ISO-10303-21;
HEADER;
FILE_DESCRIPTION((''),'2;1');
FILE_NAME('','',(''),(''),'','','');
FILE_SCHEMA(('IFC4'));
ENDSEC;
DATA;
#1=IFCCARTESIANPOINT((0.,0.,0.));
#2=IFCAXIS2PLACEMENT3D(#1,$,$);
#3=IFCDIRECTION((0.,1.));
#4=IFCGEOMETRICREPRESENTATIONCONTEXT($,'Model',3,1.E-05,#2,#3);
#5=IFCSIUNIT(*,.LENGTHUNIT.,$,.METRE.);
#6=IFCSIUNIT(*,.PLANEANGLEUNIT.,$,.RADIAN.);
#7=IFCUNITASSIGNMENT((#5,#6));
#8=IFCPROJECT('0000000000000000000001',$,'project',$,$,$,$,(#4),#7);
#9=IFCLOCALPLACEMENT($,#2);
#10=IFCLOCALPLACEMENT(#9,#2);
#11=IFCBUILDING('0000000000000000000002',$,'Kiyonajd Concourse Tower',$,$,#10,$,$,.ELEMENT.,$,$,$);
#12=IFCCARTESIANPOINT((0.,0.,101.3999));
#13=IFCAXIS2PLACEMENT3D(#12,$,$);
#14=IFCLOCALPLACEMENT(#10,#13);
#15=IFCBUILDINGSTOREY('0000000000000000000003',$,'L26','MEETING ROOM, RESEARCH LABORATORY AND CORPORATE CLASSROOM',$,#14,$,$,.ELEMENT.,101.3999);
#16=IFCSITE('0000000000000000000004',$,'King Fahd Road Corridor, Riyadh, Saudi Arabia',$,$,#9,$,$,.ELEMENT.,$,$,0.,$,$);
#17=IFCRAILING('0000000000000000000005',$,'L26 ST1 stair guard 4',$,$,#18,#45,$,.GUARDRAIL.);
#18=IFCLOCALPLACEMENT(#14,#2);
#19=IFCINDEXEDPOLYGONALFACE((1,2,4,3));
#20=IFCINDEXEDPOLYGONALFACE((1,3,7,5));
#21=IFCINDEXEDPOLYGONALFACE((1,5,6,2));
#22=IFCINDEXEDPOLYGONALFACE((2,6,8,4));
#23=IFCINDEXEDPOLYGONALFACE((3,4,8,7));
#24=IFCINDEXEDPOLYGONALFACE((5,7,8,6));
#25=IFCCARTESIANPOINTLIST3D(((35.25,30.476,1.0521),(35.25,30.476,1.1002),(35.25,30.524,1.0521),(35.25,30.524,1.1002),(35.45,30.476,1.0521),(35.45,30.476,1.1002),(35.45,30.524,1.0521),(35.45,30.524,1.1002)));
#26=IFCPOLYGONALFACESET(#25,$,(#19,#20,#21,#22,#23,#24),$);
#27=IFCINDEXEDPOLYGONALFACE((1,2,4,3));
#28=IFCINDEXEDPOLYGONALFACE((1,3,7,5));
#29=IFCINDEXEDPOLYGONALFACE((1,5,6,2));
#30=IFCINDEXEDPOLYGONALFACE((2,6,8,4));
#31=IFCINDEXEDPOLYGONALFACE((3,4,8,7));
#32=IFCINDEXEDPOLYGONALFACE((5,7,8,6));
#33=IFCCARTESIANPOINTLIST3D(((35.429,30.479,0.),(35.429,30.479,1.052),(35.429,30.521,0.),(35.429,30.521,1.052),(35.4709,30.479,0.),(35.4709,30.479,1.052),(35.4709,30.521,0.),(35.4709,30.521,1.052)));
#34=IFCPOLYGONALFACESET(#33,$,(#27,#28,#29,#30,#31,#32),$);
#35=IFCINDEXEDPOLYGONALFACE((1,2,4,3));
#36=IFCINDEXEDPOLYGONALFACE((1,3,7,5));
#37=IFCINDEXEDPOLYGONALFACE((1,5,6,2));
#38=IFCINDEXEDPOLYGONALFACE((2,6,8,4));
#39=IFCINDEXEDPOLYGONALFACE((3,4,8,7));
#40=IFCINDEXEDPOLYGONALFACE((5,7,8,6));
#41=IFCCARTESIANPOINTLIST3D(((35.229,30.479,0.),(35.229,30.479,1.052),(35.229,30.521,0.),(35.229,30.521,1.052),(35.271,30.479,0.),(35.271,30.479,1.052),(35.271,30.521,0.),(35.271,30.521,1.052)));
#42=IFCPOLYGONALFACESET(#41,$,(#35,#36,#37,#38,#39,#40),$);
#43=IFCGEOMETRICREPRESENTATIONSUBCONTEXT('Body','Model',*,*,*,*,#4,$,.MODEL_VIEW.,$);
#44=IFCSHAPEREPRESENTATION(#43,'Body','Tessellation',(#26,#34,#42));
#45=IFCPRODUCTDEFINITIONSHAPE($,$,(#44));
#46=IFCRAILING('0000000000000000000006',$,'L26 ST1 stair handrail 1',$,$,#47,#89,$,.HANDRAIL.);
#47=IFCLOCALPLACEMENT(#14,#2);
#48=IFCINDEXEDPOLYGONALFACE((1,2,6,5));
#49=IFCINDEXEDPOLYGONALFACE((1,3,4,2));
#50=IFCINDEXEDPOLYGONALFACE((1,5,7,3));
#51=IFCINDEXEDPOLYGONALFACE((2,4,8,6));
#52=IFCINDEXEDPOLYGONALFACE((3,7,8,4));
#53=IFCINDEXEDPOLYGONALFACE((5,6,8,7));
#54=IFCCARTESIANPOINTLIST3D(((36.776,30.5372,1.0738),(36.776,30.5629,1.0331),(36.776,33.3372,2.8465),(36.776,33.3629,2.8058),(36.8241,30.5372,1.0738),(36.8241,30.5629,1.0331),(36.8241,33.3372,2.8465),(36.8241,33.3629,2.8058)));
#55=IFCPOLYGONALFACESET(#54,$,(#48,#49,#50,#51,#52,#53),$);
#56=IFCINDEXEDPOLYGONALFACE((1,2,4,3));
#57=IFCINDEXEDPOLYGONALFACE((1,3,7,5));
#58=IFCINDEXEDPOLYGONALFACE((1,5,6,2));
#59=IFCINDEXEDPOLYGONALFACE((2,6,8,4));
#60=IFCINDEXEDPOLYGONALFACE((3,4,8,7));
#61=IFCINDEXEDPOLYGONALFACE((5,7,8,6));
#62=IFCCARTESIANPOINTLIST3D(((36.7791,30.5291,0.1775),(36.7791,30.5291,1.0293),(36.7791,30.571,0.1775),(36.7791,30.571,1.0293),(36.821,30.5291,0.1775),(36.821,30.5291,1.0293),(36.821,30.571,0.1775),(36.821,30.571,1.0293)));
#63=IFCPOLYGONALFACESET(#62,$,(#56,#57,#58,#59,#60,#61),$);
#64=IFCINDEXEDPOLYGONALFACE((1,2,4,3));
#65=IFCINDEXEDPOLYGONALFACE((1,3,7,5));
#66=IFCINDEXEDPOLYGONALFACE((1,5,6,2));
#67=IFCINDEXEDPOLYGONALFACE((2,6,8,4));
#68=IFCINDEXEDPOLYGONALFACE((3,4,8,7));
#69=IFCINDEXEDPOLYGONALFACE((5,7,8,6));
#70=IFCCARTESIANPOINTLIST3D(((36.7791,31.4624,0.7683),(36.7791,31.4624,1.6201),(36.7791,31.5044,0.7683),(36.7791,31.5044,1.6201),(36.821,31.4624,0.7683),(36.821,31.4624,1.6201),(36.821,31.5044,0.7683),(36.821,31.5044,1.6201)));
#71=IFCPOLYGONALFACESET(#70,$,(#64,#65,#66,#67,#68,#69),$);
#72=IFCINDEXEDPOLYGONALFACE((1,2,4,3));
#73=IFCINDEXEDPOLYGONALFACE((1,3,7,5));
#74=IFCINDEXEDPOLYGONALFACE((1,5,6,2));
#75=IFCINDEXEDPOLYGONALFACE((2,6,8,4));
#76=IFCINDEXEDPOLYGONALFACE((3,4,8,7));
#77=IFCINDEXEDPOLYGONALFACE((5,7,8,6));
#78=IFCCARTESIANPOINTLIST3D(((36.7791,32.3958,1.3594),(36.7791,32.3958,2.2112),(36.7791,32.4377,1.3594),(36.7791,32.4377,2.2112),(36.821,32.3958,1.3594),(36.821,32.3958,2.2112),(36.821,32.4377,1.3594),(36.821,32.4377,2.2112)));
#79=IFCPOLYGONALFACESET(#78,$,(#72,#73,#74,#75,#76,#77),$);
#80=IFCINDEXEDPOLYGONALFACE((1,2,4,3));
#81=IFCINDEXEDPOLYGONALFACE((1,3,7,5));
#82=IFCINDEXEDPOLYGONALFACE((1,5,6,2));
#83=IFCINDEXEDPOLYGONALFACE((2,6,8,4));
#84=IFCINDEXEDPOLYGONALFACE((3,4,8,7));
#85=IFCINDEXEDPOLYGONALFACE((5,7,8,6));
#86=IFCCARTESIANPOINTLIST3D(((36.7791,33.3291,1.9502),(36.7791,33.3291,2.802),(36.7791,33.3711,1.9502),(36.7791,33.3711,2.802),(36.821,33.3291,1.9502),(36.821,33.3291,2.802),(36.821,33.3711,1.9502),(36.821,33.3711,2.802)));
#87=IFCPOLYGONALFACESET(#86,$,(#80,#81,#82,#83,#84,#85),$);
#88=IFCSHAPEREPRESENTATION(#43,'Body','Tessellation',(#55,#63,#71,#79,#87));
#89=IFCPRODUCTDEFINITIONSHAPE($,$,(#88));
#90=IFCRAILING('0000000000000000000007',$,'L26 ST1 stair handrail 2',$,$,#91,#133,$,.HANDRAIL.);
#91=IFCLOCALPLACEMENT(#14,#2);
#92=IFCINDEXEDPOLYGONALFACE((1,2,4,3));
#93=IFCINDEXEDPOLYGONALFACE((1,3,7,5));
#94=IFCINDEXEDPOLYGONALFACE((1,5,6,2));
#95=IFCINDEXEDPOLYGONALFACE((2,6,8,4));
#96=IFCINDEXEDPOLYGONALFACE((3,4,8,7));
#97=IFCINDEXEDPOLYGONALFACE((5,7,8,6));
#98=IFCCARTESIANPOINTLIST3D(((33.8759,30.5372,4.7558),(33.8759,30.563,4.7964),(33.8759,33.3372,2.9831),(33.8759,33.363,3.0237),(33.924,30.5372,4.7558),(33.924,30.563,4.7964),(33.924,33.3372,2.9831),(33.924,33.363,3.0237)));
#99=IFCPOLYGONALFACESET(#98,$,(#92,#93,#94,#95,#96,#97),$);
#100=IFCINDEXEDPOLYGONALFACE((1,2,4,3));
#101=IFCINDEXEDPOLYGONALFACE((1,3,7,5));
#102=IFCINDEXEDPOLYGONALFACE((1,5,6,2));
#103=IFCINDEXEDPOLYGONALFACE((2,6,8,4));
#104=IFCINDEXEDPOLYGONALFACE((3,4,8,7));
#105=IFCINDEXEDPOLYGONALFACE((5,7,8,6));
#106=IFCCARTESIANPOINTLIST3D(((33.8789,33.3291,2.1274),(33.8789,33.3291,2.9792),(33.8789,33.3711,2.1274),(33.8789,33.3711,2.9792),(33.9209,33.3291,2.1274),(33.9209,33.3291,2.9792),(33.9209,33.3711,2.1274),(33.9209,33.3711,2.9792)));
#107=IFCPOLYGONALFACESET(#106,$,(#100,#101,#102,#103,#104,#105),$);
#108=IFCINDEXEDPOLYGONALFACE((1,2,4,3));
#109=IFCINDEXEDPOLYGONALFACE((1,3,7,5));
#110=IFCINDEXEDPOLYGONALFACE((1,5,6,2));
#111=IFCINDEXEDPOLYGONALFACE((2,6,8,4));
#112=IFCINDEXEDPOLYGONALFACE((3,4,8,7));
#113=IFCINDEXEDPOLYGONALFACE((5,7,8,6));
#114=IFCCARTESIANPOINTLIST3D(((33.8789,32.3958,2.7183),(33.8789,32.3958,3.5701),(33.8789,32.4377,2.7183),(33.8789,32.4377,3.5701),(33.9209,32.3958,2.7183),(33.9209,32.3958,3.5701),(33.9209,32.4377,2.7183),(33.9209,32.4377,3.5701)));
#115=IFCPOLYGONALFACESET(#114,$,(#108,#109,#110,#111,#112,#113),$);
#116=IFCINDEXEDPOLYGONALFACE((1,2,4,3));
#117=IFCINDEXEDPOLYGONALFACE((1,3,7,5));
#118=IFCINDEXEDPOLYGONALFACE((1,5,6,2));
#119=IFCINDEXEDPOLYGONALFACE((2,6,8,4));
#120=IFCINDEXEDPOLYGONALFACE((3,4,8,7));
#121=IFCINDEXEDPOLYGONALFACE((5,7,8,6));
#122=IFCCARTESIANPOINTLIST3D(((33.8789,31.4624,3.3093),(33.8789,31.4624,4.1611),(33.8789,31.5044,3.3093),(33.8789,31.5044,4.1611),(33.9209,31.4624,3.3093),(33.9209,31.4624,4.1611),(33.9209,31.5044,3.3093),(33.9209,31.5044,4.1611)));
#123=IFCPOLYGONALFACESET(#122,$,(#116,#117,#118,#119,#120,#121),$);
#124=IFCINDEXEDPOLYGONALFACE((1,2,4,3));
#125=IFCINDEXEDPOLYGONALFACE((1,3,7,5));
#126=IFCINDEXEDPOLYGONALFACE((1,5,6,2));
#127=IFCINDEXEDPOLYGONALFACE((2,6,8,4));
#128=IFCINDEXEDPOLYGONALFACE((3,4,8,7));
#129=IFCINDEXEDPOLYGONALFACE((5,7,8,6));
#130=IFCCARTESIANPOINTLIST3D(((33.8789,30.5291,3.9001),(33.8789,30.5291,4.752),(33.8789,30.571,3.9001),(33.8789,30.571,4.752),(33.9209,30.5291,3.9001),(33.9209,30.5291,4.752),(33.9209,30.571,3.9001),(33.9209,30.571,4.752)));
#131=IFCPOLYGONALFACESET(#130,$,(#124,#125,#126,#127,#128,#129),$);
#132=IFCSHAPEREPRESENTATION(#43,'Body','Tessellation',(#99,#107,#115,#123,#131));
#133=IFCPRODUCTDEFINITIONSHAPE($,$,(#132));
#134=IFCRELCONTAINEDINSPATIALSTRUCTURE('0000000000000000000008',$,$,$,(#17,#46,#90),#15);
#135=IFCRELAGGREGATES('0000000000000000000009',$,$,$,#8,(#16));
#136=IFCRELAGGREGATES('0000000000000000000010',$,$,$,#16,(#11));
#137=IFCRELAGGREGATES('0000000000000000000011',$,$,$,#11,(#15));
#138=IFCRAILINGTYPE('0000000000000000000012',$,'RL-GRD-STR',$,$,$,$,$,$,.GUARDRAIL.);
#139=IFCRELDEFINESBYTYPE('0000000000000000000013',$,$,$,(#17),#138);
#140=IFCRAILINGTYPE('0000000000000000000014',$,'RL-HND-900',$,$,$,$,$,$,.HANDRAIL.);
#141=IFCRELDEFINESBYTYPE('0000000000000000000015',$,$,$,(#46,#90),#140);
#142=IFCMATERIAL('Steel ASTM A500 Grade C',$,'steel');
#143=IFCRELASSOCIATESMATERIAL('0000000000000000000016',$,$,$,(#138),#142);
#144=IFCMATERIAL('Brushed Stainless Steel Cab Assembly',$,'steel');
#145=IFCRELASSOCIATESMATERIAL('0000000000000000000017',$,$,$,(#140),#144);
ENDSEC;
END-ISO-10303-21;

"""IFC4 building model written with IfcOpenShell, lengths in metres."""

from ifc_helpers import new_model, si_unit, direction, frame, origin, origin_2d, place, context, subcontext, project, spatial, rectangle, extrude, material, type_object, element, save


model = new_model("IFC4")

# Units and contexts
model_context = context("Model", 3, precision=1e-05, world=origin(), true_north=direction((0.0, 1.0)))
body_context = subcontext(model_context, "Body", "Model", "MODEL_VIEW")
ifc_project = project(units=[si_unit("LENGTHUNIT", "METRE"), si_unit("PLANEANGLEUNIT", "RADIAN")], contexts=[model_context])

# Site, building, storey
site_placement = place(None, origin())
site = spatial("IfcSite", under=ifc_project, at=site_placement, Name="King Fahd Road Corridor, Riyadh, Saudi Arabia", CompositionType="ELEMENT", RefElevation=0.0)
building_placement = place(site_placement, origin())
building = spatial("IfcBuilding", under=site, at=building_placement, Name="Kiyonajd Concourse Tower", CompositionType="ELEMENT")
storey_placement = place(building_placement, frame((0.0, 0.0, 101.3999)))
storey = spatial("IfcBuildingStorey", under=building, at=storey_placement, Name="L26", Description="MEETING ROOM, RESEARCH LABORATORY AND CORPORATE CLASSROOM", CompositionType="ELEMENT", Elevation=101.3999)

# Shared definitions
ifc_material_1 = material(Name="Brushed Stainless Steel Cab Assembly", Category="steel")

# Railings
ifc_material_2 = material(Name="Steel ASTM A500 Grade C", Category="steel")
railing_type_1 = type_object("IfcRailingType", Name="RL-GRD-STR", PredefinedType="GUARDRAIL", material=ifc_material_2)
railing_1_placement = place(storey_placement, frame((35.45, 30.5, 0.0)))
element("IfcRailing", 1, at=railing_1_placement, inside=storey, type_object=railing_type_1, Name="L26 ST1 stair guard 4", PredefinedType="GUARDRAIL", context=body_context, shape_type="SweptSolid", body=[
    extrude(rectangle(XDim=0.0481, YDim=0.0481, at=origin_2d()), frame((0.0, 0.0, 1.0762), z_axis=(-1.0, 0.0, 0.0), x_axis=(0.0, -1.0, 0.0)), (0.0, 0.0, 1.0), 0.2),
    extrude(rectangle(XDim=0.042, YDim=0.042, at=origin_2d()), origin(), (0.0, 0.0, 1.0), 1.052),
    extrude(rectangle(XDim=0.042, YDim=0.042, at=origin_2d()), frame((-0.2, 0.0, 0.0)), (0.0, 0.0, 1.0), 1.052),
])
railing_type_2 = type_object("IfcRailingType", Name="RL-HND-900", PredefinedType="HANDRAIL", material=ifc_material_1)
railing_2_placement = place(storey_placement, frame((36.8, 30.55, 0.1775)))
element("IfcRailing", 2, at=railing_2_placement, inside=storey, type_object=railing_type_2, Name="L26 ST1 stair handrail 1", PredefinedType="HANDRAIL", context=body_context, shape_type="SweptSolid", body=[
    extrude(rectangle(XDim=0.0481, YDim=0.0481, at=origin_2d()), frame((0.0, 0.0, 0.876), z_axis=(0.0, 0.844909, 0.53491), x_axis=(-1.0, 0.0, 0.0)), (0.0, 0.0, 1.0), 3.314),
    extrude(rectangle(XDim=0.042, YDim=0.042, at=origin_2d()), origin(), (0.0, 0.0, 1.0), 0.8518),
    extrude(rectangle(XDim=0.042, YDim=0.042, at=origin_2d()), frame((0.0, 0.9333, 0.5908)), (0.0, 0.0, 1.0), 0.8518),
    extrude(rectangle(XDim=0.042, YDim=0.042, at=origin_2d()), frame((0.0, 1.8667, 1.1819)), (0.0, 0.0, 1.0), 0.8518),
    extrude(rectangle(XDim=0.042, YDim=0.042, at=origin_2d()), frame((0.0, 2.8, 1.7727)), (0.0, 0.0, 1.0), 0.8518),
])
railing_3_placement = place(storey_placement, frame((33.8999, 33.3501, 2.1274)))
element("IfcRailing", 3, at=railing_3_placement, inside=storey, type_object=railing_type_2, Name="L26 ST1 stair handrail 2", PredefinedType="HANDRAIL", context=body_context, shape_type="SweptSolid", body=[
    extrude(rectangle(XDim=0.0481, YDim=0.0481, at=origin_2d()), frame((0.0, 0.0, 0.876), z_axis=(0.0, -0.844909, 0.53491), x_axis=(1.0, 0.0, 0.0)), (0.0, 0.0, 1.0), 3.314),
    extrude(rectangle(XDim=0.042, YDim=0.042, at=origin_2d()), origin(), (0.0, 0.0, 1.0), 0.8518),
    extrude(rectangle(XDim=0.042, YDim=0.042, at=origin_2d()), frame((0.0, -0.9333, 0.5908)), (0.0, 0.0, 1.0), 0.8518),
    extrude(rectangle(XDim=0.042, YDim=0.042, at=origin_2d()), frame((0.0, -1.8667, 1.1819)), (0.0, 0.0, 1.0), 0.8518),
    extrude(rectangle(XDim=0.042, YDim=0.042, at=origin_2d()), frame((0.0, -2.8, 1.7727)), (0.0, 0.0, 1.0), 0.8518),
])

save(model, "model.ifc")
